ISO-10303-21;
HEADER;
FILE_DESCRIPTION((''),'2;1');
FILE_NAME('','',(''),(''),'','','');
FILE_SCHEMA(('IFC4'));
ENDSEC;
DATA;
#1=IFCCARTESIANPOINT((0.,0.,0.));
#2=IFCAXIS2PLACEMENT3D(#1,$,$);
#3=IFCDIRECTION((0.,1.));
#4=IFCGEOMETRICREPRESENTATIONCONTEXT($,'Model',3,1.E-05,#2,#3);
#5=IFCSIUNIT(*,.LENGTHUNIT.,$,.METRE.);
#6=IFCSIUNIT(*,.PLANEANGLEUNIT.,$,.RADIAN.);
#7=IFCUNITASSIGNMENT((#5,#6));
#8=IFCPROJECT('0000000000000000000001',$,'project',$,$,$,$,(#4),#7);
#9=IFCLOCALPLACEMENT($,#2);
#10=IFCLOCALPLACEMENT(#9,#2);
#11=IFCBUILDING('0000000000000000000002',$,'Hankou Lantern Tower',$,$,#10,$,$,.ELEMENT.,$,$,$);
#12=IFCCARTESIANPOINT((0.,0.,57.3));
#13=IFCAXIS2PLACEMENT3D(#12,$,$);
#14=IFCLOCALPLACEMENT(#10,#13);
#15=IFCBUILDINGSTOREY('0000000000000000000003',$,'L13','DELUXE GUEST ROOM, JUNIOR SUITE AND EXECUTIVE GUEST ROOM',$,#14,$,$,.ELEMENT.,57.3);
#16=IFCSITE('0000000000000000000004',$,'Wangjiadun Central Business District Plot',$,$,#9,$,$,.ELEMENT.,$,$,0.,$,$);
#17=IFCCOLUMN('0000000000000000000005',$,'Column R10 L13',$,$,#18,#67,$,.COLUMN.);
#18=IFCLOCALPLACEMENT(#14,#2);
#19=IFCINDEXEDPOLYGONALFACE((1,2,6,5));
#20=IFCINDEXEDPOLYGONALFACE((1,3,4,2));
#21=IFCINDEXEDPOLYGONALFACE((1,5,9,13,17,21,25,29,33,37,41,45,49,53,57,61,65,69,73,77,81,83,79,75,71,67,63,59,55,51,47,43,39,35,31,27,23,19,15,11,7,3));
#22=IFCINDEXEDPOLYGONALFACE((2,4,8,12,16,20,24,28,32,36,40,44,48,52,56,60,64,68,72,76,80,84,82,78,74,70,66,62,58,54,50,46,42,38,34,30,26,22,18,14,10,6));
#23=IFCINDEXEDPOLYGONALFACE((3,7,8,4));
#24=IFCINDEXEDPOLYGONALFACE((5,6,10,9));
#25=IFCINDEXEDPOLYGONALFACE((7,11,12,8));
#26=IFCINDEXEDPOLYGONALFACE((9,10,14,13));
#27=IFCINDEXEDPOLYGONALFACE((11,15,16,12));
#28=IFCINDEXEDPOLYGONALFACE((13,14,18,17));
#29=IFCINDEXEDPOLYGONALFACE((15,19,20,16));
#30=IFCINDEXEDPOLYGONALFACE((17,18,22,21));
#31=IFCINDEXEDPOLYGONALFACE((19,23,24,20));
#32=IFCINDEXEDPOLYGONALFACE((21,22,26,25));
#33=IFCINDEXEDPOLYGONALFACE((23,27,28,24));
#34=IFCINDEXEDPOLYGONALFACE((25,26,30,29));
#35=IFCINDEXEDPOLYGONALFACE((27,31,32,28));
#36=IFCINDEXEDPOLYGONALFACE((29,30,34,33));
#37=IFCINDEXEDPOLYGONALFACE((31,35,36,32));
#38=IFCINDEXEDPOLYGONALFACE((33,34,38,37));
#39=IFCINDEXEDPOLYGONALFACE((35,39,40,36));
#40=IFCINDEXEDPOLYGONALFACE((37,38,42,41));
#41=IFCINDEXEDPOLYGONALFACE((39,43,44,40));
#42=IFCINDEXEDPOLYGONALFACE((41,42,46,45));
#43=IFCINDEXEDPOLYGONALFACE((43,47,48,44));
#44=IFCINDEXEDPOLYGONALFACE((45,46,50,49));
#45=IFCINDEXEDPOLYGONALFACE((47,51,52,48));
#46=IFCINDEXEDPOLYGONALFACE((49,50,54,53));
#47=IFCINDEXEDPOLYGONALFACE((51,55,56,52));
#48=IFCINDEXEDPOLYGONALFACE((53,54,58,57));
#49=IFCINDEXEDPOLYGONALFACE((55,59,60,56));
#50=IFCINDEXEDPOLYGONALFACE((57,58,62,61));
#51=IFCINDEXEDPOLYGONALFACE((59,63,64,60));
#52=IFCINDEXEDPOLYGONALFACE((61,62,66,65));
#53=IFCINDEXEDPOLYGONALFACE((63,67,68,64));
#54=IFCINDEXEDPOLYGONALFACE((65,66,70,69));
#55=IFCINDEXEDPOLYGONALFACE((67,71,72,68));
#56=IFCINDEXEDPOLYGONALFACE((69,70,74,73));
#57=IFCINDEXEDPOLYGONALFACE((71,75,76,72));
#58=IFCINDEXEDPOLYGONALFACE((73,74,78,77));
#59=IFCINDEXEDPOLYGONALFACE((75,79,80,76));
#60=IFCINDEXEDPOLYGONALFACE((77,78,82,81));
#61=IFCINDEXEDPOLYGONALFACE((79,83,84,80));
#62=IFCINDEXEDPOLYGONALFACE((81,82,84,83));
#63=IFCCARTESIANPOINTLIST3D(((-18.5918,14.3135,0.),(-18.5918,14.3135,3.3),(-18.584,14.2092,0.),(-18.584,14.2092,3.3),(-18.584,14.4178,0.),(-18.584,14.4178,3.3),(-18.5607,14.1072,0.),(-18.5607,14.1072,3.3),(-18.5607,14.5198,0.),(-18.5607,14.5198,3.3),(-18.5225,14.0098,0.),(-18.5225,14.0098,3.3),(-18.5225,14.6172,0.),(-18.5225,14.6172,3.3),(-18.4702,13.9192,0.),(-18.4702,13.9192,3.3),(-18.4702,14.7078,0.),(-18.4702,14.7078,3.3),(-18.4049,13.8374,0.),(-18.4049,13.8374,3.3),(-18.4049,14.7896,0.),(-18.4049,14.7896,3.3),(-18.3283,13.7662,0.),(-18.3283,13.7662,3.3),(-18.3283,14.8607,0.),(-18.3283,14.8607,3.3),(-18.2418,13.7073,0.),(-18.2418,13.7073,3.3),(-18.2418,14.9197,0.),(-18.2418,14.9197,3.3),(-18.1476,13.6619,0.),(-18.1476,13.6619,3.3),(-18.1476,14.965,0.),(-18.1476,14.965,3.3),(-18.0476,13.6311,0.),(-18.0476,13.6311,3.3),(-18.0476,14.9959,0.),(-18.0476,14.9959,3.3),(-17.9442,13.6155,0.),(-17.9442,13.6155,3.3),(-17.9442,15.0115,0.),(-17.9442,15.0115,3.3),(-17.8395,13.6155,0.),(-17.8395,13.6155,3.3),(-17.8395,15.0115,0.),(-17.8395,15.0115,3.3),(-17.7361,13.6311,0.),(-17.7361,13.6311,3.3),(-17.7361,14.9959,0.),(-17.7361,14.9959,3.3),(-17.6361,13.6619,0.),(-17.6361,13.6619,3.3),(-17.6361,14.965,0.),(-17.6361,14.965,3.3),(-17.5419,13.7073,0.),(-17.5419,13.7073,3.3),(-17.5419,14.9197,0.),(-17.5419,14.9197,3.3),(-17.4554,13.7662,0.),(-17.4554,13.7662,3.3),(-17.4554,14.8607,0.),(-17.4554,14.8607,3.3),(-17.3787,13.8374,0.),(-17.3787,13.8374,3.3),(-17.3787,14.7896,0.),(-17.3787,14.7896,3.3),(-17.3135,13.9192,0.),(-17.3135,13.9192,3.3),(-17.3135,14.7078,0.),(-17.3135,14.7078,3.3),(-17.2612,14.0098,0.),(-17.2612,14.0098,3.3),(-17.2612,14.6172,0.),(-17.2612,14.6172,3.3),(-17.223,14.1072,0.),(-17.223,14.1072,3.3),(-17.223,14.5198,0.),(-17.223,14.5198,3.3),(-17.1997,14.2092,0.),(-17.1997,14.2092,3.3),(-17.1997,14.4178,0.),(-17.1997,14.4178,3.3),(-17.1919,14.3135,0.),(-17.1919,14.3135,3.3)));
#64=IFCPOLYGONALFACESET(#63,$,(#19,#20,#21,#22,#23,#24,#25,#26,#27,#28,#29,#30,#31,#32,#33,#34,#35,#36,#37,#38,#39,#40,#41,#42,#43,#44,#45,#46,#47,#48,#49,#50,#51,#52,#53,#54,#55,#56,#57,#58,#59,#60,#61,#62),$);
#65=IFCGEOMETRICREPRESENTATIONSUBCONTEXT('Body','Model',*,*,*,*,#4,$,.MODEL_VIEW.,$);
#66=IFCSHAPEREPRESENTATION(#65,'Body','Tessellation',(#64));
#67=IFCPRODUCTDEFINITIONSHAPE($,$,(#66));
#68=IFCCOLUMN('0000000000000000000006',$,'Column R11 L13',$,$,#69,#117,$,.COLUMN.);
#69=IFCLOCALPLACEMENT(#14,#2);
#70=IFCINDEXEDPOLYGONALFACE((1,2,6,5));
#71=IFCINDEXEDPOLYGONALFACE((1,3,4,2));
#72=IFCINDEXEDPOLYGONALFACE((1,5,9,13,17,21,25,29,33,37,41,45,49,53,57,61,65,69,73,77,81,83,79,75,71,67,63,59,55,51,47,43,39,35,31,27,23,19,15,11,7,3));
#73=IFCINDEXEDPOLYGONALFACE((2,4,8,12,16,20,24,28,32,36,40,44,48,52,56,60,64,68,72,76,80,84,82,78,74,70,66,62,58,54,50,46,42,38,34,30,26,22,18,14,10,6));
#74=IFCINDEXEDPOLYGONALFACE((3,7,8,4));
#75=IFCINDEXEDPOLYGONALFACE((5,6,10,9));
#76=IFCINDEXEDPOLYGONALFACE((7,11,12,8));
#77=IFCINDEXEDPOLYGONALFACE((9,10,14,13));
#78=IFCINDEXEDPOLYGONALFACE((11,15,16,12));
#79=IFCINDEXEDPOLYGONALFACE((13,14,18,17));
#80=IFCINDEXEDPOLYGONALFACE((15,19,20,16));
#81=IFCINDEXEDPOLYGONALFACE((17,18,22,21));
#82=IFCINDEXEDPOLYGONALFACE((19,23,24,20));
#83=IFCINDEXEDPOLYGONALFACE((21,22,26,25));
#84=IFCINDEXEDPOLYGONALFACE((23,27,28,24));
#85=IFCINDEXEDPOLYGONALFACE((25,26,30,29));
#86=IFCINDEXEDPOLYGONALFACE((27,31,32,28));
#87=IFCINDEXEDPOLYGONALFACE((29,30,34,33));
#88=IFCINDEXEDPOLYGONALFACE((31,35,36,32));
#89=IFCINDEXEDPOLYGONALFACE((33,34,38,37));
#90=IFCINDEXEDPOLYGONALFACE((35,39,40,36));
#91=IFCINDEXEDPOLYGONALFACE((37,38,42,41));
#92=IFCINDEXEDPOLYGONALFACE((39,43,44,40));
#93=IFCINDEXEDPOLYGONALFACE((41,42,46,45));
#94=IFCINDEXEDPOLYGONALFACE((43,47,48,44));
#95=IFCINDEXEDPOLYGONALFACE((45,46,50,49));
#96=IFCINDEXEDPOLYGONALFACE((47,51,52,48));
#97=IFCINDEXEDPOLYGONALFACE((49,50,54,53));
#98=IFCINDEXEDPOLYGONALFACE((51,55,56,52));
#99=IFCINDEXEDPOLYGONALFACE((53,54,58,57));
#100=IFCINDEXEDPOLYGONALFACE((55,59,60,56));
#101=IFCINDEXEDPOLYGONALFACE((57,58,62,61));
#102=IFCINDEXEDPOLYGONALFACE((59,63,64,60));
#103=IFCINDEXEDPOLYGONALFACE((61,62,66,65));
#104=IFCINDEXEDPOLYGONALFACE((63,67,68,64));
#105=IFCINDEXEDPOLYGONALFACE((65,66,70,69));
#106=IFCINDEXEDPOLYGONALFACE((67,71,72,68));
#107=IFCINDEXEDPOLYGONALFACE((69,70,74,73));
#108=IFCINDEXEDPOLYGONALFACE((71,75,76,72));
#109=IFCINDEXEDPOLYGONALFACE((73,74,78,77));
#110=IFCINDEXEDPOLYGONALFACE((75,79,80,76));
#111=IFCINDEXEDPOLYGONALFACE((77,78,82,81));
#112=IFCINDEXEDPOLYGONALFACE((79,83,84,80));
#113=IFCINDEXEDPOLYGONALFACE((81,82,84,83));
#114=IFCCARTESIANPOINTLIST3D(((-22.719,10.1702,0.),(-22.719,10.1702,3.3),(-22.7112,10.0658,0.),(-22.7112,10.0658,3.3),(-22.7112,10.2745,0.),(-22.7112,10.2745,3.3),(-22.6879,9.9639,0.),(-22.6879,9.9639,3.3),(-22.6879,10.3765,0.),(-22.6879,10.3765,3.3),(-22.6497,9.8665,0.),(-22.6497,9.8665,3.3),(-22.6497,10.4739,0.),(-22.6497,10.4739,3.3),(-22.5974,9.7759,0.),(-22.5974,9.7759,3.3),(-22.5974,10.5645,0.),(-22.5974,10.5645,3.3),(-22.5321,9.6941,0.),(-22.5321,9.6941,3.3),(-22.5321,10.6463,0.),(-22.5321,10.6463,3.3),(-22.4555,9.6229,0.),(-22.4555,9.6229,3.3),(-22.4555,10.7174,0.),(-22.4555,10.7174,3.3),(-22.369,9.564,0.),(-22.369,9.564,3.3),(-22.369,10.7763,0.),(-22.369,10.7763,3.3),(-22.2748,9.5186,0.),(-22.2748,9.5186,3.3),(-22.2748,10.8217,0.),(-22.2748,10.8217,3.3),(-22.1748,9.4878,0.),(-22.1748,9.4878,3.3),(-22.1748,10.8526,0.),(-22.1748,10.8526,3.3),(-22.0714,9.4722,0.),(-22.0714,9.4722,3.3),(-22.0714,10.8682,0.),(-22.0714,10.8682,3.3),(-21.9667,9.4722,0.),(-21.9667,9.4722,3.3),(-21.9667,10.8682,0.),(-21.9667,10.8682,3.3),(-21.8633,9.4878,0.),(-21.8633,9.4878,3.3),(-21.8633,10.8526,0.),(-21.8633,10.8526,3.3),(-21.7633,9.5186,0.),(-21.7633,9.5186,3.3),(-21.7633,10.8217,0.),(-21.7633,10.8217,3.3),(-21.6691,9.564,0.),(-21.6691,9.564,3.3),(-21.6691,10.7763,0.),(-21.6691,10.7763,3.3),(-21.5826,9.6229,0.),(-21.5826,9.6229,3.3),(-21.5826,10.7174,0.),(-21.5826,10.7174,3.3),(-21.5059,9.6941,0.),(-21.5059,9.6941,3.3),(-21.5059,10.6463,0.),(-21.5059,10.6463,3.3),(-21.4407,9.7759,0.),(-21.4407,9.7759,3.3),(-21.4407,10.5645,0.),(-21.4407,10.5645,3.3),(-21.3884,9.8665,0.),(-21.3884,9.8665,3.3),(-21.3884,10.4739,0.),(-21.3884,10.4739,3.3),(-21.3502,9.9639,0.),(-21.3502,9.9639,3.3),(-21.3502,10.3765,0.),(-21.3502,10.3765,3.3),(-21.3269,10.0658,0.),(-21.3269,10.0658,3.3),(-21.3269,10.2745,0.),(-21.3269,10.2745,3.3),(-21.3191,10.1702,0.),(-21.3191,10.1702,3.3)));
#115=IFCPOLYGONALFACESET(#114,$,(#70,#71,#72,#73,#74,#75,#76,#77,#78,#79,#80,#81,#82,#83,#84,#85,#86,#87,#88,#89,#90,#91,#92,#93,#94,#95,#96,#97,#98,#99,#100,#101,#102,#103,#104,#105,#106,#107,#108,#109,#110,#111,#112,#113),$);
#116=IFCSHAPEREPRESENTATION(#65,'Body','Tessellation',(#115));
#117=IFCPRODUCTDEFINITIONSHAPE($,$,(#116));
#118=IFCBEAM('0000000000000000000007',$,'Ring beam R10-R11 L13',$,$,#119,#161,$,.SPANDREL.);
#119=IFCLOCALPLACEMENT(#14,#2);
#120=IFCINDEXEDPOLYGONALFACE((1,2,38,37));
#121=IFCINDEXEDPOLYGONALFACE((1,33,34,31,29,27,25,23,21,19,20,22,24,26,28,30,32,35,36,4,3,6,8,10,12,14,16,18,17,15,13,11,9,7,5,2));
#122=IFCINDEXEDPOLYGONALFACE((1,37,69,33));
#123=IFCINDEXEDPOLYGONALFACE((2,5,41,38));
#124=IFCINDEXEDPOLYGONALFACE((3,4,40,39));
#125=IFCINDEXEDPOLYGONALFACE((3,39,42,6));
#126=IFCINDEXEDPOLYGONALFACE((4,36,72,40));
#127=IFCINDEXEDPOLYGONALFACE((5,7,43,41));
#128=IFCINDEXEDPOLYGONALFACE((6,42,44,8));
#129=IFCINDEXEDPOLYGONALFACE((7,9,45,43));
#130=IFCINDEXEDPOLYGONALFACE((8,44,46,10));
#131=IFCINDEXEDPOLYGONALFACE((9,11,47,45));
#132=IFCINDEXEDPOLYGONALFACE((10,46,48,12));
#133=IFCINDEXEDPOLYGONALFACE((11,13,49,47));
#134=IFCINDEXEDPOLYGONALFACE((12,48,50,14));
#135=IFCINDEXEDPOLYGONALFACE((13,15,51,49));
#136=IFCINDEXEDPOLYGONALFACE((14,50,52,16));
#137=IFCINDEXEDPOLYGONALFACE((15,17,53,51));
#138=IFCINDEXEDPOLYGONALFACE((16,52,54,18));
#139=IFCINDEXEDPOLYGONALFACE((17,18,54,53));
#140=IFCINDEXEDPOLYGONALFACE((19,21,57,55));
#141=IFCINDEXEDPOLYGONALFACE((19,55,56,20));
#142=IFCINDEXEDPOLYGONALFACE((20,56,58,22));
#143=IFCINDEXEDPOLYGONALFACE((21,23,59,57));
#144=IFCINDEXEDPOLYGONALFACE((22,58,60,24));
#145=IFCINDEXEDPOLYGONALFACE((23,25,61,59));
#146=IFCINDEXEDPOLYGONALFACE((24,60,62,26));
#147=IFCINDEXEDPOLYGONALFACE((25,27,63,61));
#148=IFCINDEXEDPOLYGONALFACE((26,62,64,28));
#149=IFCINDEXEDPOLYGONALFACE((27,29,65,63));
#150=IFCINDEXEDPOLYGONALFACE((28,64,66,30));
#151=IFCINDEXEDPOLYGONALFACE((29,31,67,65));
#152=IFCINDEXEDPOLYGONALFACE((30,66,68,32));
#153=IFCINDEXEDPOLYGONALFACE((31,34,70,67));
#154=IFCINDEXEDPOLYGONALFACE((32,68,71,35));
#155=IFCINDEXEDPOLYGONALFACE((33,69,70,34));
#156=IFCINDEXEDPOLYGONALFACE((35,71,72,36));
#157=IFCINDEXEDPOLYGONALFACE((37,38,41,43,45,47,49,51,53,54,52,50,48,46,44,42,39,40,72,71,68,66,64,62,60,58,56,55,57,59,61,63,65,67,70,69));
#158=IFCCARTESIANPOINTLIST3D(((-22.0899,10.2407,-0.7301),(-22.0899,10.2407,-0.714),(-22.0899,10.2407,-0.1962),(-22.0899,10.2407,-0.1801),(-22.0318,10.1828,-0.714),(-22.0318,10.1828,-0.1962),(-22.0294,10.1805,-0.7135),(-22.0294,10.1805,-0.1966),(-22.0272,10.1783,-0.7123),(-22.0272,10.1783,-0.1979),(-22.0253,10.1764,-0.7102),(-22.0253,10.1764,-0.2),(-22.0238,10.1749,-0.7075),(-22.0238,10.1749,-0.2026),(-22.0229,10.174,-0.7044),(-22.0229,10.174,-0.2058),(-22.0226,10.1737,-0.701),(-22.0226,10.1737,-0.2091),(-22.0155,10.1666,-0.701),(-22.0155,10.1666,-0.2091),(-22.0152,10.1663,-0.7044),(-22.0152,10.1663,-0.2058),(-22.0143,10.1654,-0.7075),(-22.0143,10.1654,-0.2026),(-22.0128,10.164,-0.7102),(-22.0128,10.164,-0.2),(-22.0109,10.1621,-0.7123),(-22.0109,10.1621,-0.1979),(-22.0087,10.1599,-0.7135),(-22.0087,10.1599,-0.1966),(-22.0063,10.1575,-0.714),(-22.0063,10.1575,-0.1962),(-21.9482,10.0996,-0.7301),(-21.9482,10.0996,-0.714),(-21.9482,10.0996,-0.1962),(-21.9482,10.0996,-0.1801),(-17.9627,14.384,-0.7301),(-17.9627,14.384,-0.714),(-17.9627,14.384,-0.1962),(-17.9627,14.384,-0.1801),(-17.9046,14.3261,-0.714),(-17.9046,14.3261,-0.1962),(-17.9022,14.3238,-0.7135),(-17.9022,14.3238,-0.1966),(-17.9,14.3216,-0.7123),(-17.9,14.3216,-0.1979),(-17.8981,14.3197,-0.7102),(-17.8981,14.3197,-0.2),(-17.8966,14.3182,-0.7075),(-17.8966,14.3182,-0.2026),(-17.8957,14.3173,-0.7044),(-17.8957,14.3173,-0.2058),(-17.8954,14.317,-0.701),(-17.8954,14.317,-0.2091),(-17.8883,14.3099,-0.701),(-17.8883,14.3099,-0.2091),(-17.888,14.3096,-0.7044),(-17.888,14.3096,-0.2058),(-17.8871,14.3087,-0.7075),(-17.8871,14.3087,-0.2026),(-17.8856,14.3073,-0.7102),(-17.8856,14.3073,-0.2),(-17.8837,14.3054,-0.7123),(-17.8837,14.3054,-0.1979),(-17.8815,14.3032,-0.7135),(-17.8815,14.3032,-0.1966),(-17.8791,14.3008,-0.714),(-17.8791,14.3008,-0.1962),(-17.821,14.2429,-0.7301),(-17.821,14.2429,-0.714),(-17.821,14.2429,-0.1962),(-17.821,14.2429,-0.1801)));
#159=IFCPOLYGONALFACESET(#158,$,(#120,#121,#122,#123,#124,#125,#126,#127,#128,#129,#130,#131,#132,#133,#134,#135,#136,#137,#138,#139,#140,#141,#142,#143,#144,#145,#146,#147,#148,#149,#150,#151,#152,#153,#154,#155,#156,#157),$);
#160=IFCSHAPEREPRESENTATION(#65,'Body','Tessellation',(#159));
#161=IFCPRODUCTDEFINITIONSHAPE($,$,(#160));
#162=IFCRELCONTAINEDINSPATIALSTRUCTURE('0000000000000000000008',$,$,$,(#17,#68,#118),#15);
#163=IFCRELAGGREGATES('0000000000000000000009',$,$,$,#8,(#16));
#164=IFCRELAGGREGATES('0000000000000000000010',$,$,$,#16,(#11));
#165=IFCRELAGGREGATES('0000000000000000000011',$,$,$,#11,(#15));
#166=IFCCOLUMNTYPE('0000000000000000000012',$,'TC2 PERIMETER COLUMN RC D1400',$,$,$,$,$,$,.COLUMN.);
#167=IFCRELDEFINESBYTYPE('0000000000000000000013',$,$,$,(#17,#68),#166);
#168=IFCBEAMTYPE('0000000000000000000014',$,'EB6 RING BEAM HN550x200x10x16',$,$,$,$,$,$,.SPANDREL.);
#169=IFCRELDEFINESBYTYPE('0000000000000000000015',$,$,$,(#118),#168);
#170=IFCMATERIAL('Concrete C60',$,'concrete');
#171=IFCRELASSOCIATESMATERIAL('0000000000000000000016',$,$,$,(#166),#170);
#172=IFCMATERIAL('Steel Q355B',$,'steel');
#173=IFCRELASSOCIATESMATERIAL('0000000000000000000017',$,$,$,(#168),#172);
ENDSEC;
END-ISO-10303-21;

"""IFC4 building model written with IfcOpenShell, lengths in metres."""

from ifc_helpers import new_model, si_unit, direction, frame, origin, origin_2d, place, context, subcontext, project, spatial, circle, i_section, extrude, material, material_profile, profile_set, type_object, element, save


model = new_model("IFC4")

# Units and contexts
model_context = context("Model", 3, precision=1e-05, world=origin(), true_north=direction((0.0, 1.0)))
body_context = subcontext(model_context, "Body", "Model", "MODEL_VIEW")
ifc_project = project(units=[si_unit("LENGTHUNIT", "METRE"), si_unit("PLANEANGLEUNIT", "RADIAN")], contexts=[model_context])

# Site, building, storey
site_placement = place(None, origin())
site = spatial("IfcSite", under=ifc_project, at=site_placement, Name="Wangjiadun Central Business District Plot", CompositionType="ELEMENT", RefElevation=0.0)
building_placement = place(site_placement, origin())
building = spatial("IfcBuilding", under=site, at=building_placement, Name="Hankou Lantern Tower", CompositionType="ELEMENT")
storey_placement = place(building_placement, frame((0.0, 0.0, 57.3)))
storey = spatial("IfcBuildingStorey", under=building, at=storey_placement, Name="L13", Description="DELUXE GUEST ROOM, JUNIOR SUITE AND EXECUTIVE GUEST ROOM", CompositionType="ELEMENT", Elevation=57.3)

# Columns
ifc_material_1 = material(Name="Concrete C60", Category="concrete")
ifc_material_profile_1 = material_profile(ifc_material_1, circle(Radius=0.7, at=origin_2d()), Name="RC D1400")
ifc_profile_set_1 = profile_set([ifc_material_profile_1], Name="Concrete C60")
column_type = type_object("IfcColumnType", Name="TC2 PERIMETER COLUMN RC D1400", PredefinedType="COLUMN", material=ifc_profile_set_1)
for number, where, z_axis, x_axis, name in (
    (1, (-17.8918, 14.3135, 0.0), (0.0, 0.0, 1.0), (1.0, 0.0, 0.0), "Column R10 L13"),
    (2, (-22.019, 10.1702, 0.0), (0.0, 0.0, 1.0), (1.0, 0.0, 0.0), "Column R11 L13"),
):
    element("IfcColumn", number, at=place(storey_placement, frame(where, z_axis=z_axis, x_axis=x_axis)), inside=storey, type_object=column_type, Name=name, PredefinedType="COLUMN", context=body_context, shape_type="SweptSolid", body=[
        extrude(circle(Radius=0.7, at=origin_2d()), origin(), (0.0, 0.0, 1.0), 3.3),
    ])

# Beam
ifc_material_2 = material(Name="Steel Q355B", Category="steel")
ifc_material_profile_2 = material_profile(ifc_material_2, i_section(OverallWidth=0.2, OverallDepth=0.55, WebThickness=0.01, FlangeThickness=0.0161, FilletRadius=0.0129, at=origin_2d()), Name="HN550x200x10x16")
ifc_profile_set_2 = profile_set([ifc_material_profile_2], Name="Steel Q355B")
beam_type_1 = type_object("IfcBeamType", Name="EB6 RING BEAM HN550x200x10x16", PredefinedType="SPANDREL", material=ifc_profile_set_2)
beam_1_placement = place(storey_placement, frame((-17.8918, 14.3135, -0.4551), z_axis=(-0.705728, -0.708483, 0.0), x_axis=(0.708483, -0.705728, 0.0)))
element("IfcBeam", 3, at=beam_1_placement, inside=storey, type_object=beam_type_1, Name="Ring beam R10-R11 L13", PredefinedType="SPANDREL", context=body_context, shape_type="SweptSolid", body=[
    extrude(i_section(OverallWidth=0.2, OverallDepth=0.55, WebThickness=0.01, FlangeThickness=0.0161, FilletRadius=0.0129, at=origin_2d()), origin(), (0.0, 0.0, 1.0), 5.8481),
])

save(model, "model.ifc")
